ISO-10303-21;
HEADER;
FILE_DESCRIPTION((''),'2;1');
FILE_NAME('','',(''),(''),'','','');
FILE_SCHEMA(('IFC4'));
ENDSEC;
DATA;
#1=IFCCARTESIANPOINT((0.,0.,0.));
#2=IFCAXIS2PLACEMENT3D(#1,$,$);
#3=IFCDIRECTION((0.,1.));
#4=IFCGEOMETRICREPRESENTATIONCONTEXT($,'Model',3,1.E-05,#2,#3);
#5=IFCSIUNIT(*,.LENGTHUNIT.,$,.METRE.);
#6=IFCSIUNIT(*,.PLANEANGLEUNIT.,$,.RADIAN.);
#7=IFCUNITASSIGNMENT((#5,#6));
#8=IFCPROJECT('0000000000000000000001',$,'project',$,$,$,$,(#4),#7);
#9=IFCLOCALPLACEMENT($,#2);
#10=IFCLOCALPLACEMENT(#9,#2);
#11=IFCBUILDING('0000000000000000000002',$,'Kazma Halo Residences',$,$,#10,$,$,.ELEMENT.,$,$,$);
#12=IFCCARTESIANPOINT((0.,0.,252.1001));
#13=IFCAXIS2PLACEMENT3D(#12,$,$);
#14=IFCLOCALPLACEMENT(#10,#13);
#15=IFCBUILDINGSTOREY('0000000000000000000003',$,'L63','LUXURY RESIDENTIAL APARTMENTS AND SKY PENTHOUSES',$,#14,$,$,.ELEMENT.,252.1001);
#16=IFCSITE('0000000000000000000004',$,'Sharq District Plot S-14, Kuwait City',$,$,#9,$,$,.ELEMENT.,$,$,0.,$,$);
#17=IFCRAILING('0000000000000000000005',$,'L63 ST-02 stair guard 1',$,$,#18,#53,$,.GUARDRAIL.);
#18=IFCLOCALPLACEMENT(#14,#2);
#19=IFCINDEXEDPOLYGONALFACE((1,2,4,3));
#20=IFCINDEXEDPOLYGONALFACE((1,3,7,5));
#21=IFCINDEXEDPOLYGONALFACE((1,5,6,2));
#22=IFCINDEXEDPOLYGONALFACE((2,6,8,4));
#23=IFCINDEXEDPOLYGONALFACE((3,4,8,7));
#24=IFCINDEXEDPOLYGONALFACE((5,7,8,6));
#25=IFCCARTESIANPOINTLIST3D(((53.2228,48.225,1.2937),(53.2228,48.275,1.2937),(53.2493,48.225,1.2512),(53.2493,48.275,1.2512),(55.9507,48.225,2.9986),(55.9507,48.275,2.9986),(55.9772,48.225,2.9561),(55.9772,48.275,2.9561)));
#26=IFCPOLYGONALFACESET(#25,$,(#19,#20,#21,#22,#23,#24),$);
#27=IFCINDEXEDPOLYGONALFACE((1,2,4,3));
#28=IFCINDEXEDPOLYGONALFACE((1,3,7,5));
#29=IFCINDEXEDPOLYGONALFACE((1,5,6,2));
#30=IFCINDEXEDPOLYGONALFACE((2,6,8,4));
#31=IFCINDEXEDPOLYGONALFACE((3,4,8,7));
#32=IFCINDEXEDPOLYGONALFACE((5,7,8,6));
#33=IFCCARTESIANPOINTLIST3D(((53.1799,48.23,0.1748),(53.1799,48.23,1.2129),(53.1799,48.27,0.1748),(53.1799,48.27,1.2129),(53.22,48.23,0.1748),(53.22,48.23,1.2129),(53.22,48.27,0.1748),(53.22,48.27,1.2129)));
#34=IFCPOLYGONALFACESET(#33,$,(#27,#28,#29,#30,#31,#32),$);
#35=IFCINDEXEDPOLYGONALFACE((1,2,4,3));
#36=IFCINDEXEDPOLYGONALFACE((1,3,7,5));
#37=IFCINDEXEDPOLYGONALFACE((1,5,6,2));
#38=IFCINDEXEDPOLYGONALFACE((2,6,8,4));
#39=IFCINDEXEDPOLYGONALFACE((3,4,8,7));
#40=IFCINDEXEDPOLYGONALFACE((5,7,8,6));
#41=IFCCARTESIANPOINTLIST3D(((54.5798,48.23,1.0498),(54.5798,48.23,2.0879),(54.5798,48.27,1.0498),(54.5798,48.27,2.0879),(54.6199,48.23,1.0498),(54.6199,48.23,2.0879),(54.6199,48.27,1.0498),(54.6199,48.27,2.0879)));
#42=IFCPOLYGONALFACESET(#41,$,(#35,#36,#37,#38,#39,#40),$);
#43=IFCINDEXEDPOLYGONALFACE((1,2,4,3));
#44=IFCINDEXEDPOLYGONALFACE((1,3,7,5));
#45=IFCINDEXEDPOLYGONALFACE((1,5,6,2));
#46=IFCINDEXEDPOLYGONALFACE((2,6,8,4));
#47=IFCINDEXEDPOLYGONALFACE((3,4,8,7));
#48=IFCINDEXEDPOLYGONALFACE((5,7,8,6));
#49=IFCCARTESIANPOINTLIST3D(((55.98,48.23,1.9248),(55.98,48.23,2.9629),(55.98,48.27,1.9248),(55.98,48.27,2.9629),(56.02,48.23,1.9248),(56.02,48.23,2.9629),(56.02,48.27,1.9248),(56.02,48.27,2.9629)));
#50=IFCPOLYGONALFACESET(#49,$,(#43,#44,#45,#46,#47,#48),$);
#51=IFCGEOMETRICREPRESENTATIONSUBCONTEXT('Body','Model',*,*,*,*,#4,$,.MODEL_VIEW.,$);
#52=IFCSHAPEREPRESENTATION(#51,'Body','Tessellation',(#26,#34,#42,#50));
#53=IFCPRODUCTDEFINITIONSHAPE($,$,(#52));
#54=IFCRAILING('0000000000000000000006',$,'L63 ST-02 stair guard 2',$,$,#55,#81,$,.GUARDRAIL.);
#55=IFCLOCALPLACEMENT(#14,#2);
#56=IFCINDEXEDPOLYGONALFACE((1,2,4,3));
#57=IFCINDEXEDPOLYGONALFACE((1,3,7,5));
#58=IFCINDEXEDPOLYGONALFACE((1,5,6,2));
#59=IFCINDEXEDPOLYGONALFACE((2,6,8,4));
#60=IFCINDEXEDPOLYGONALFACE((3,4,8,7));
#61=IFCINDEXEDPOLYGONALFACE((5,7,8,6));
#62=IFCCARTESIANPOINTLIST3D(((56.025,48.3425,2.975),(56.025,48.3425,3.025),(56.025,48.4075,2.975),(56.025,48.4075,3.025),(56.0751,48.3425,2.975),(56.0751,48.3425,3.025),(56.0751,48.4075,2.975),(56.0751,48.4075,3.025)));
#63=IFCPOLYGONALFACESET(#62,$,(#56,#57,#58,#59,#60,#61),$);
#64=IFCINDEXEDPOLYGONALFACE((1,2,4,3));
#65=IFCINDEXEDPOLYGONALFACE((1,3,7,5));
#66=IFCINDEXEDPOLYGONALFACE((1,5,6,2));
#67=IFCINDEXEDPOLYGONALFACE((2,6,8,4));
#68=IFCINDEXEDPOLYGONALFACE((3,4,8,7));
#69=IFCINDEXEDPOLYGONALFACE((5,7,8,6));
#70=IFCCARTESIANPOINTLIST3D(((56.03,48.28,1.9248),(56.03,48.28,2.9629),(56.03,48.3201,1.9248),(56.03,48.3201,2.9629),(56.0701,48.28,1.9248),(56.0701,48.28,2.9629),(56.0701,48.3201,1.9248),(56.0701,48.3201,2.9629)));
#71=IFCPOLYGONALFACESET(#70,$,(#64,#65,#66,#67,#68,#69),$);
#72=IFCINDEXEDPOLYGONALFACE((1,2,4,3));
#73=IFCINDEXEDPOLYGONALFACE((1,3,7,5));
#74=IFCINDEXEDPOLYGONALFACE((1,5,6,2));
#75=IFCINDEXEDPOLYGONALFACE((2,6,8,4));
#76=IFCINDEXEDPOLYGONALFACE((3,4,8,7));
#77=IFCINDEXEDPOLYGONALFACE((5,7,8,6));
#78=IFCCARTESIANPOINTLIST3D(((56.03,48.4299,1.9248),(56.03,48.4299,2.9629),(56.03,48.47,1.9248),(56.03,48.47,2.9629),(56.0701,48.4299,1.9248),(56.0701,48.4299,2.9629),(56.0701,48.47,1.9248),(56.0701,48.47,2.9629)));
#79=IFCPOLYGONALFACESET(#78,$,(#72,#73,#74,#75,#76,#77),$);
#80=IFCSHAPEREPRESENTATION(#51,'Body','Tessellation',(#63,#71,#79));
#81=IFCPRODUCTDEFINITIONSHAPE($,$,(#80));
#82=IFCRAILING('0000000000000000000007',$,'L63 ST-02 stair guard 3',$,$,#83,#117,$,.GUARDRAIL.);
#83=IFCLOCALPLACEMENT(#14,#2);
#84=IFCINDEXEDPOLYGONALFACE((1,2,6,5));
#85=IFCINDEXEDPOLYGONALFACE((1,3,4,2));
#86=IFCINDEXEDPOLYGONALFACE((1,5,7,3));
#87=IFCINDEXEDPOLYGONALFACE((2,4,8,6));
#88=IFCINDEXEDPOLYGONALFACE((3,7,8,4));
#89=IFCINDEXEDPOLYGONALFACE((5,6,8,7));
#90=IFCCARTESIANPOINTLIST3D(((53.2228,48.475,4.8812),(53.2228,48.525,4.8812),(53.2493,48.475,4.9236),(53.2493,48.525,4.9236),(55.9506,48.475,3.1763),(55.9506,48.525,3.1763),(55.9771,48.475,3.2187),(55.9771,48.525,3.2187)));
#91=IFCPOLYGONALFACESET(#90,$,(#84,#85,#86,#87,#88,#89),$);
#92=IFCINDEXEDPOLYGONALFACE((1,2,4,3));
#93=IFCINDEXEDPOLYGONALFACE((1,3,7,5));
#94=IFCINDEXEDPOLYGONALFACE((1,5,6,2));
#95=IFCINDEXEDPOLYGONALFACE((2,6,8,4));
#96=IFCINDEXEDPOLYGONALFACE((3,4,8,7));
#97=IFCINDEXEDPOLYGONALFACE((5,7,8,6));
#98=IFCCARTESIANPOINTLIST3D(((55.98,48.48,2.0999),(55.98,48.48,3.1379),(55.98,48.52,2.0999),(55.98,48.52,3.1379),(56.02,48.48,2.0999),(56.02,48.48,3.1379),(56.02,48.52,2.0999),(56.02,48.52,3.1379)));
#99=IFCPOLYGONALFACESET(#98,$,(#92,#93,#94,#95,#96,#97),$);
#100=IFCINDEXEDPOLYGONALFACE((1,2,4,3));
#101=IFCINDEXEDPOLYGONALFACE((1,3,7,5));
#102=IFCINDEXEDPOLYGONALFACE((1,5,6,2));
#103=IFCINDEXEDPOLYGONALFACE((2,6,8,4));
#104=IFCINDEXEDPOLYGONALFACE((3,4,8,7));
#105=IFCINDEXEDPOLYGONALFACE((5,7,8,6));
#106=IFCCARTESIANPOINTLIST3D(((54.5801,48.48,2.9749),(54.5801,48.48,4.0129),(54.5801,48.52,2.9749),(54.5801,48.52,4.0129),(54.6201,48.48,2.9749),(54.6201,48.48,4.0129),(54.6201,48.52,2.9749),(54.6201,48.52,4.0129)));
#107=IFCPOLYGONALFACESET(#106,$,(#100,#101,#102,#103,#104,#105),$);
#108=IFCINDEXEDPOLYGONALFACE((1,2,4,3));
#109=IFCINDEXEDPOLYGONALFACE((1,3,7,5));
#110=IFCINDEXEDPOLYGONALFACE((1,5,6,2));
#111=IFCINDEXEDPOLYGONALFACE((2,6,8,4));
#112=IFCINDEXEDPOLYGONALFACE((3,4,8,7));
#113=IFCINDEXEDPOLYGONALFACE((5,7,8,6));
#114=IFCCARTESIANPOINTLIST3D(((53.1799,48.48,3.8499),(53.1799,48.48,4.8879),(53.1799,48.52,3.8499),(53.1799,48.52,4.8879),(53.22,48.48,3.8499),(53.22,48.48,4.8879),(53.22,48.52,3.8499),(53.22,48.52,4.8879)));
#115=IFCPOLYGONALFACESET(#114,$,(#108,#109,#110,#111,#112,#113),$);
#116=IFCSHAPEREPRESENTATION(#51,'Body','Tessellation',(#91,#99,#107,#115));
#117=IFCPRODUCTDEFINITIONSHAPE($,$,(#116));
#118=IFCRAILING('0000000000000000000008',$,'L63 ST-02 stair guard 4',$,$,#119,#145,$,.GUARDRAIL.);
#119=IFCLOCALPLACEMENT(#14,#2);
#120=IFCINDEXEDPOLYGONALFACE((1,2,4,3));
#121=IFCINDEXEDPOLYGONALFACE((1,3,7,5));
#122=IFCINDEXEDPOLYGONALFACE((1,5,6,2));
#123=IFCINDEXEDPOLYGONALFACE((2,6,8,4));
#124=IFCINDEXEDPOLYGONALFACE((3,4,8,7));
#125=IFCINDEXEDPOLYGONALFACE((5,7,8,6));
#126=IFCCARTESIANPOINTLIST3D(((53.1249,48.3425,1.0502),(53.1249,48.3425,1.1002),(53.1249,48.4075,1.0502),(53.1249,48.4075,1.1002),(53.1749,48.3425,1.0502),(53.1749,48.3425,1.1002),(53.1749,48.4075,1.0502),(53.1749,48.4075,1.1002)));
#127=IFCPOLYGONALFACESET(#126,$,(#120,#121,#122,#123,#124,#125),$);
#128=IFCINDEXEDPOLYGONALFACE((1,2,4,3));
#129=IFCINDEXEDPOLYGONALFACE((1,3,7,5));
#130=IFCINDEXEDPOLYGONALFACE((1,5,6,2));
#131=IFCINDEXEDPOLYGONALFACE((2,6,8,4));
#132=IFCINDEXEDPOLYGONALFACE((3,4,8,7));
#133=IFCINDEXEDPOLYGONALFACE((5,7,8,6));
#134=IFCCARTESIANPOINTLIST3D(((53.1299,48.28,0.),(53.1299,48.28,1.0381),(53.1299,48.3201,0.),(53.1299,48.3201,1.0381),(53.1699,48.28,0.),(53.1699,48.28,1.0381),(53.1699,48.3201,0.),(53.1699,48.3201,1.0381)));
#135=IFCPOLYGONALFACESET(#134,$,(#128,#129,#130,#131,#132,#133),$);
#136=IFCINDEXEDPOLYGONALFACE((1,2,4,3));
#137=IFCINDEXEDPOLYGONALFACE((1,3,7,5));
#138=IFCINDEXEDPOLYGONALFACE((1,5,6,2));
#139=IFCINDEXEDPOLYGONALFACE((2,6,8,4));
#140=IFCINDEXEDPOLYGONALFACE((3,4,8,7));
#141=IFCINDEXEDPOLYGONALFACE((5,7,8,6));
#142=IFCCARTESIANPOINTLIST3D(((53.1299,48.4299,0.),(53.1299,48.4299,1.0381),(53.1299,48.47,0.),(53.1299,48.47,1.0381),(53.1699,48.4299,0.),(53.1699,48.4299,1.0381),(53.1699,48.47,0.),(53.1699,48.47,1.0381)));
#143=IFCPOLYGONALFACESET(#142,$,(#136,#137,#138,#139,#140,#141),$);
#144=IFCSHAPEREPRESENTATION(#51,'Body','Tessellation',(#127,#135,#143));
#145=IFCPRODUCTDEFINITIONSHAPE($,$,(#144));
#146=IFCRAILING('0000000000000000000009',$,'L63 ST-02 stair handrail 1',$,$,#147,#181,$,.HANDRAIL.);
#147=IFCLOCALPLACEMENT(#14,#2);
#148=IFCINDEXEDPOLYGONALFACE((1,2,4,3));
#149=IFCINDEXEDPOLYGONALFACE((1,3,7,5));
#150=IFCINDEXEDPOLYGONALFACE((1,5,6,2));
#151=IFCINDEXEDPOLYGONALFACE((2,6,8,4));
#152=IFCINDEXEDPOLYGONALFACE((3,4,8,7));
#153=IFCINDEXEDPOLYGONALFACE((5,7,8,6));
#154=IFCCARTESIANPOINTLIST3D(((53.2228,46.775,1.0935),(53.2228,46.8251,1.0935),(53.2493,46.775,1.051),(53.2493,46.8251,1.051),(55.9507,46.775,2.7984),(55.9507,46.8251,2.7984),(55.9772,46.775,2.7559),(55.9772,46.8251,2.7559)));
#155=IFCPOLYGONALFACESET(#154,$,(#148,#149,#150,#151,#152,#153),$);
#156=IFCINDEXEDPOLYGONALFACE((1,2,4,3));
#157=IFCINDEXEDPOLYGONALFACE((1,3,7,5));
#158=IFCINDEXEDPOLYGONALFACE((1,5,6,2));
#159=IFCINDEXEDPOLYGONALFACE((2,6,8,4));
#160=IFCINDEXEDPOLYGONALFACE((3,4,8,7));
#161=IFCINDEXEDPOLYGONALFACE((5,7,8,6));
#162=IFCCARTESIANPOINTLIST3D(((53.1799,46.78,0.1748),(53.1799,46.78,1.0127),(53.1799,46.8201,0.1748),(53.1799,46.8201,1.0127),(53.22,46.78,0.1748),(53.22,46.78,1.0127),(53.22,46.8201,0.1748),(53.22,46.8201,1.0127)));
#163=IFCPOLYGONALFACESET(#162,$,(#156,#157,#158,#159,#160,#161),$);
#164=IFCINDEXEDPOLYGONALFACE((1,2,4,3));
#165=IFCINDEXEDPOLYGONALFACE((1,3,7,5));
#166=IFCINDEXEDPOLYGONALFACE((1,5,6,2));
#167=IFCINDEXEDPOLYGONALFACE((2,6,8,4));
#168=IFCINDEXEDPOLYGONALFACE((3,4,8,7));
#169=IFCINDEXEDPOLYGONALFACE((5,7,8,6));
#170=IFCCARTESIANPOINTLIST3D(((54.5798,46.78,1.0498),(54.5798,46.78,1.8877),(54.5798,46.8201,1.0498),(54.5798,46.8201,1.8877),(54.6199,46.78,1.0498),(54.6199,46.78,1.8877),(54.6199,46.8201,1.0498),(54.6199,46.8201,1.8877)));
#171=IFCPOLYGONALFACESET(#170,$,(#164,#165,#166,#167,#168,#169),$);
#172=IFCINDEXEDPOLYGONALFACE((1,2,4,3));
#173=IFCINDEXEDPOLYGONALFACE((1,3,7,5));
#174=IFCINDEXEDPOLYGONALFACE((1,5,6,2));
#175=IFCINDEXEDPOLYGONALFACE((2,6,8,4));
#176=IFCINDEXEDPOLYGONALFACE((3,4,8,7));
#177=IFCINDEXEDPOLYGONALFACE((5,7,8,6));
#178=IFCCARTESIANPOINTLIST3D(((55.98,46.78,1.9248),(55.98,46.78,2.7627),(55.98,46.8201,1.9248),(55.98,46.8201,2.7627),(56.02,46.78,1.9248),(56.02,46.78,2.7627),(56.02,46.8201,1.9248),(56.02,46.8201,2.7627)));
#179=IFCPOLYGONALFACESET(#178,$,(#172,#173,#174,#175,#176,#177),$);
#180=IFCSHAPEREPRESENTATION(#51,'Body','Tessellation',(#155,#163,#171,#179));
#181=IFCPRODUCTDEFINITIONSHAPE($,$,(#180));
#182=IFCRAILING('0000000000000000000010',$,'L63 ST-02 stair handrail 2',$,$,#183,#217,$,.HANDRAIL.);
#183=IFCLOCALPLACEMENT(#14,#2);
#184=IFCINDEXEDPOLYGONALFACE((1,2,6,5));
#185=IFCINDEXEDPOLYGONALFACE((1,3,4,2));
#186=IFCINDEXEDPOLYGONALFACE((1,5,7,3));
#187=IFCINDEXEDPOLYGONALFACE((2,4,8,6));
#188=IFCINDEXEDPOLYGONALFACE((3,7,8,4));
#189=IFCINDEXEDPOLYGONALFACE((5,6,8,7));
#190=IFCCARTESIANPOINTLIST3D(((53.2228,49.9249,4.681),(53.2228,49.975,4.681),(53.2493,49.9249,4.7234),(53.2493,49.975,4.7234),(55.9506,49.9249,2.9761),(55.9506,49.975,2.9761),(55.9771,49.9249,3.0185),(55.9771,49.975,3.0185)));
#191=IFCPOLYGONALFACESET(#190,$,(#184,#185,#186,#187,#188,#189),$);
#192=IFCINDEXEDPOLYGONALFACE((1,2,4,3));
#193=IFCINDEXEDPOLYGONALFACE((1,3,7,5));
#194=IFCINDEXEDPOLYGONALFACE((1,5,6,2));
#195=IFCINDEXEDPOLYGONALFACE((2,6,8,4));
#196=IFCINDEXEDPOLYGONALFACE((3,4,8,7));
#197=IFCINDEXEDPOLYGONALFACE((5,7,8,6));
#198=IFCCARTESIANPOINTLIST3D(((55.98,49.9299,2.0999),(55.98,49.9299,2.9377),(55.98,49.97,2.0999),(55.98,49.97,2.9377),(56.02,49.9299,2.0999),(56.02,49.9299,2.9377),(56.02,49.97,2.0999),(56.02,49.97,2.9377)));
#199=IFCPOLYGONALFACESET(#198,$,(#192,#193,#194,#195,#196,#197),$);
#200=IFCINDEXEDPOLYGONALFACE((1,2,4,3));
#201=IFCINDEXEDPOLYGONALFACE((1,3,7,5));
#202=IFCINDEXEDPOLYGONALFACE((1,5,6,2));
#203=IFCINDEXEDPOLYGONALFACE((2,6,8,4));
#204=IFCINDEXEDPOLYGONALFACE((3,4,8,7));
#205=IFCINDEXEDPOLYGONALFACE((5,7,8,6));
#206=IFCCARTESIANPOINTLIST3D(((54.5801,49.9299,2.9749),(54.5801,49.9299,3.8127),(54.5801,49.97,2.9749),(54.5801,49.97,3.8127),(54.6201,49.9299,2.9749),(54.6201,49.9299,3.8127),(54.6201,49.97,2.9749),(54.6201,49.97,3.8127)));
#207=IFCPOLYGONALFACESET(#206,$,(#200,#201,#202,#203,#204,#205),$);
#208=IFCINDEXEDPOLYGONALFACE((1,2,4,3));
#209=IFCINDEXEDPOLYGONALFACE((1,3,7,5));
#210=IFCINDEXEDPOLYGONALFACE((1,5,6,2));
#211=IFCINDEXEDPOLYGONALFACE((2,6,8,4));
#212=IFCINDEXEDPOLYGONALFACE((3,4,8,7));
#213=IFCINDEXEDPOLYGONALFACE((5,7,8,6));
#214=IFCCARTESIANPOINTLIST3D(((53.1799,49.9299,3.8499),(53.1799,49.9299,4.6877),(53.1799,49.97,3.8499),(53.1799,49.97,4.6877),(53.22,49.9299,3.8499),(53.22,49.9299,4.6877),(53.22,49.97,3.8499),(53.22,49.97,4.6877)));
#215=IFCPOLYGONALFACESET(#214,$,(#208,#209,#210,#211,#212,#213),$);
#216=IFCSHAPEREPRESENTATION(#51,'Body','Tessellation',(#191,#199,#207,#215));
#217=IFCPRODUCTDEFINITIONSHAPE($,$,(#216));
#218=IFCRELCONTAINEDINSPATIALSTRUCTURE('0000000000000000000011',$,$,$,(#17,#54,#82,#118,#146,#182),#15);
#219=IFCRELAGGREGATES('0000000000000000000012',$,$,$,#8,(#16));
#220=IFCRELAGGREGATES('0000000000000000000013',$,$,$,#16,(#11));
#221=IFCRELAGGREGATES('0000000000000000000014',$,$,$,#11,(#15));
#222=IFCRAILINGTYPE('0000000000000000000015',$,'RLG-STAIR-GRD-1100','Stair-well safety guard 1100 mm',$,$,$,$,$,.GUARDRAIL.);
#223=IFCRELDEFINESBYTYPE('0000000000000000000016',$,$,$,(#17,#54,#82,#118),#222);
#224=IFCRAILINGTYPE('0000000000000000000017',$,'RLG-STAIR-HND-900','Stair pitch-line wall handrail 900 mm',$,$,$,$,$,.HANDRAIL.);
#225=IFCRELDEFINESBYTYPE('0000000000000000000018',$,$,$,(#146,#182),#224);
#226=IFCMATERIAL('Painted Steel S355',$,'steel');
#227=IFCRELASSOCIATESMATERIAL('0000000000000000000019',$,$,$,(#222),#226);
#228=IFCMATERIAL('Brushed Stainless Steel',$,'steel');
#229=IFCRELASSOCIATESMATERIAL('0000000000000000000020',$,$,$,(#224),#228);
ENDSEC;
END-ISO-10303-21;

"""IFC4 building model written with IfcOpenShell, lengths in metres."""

from ifc_helpers import new_model, si_unit, direction, frame, origin, origin_2d, place, context, subcontext, project, spatial, rectangle, extrude, material, type_object, element, save


model = new_model("IFC4")

# Units and contexts
model_context = context("Model", 3, precision=1e-05, world=origin(), true_north=direction((0.0, 1.0)))
body_context = subcontext(model_context, "Body", "Model", "MODEL_VIEW")
ifc_project = project(units=[si_unit("LENGTHUNIT", "METRE"), si_unit("PLANEANGLEUNIT", "RADIAN")], contexts=[model_context])

# Site, building, storey
site_placement = place(None, origin())
site = spatial("IfcSite", under=ifc_project, at=site_placement, Name="Sharq District Plot S-14, Kuwait City", CompositionType="ELEMENT", RefElevation=0.0)
building_placement = place(site_placement, origin())
building = spatial("IfcBuilding", under=site, at=building_placement, Name="Kazma Halo Residences", CompositionType="ELEMENT")
storey_placement = place(building_placement, frame((0.0, 0.0, 252.1001)))
storey = spatial("IfcBuildingStorey", under=building, at=storey_placement, Name="L63", Description="LUXURY RESIDENTIAL APARTMENTS AND SKY PENTHOUSES", CompositionType="ELEMENT", Elevation=252.1001)

# Railings
ifc_material_1 = material(Name="Painted Steel S355", Category="steel")
railing_type_1 = type_object("IfcRailingType", Name="RLG-STAIR-GRD-1100", Description="Stair-well safety guard 1100 mm", PredefinedType="GUARDRAIL", material=ifc_material_1)
railing_1_placement = place(storey_placement, frame((53.2, 48.25, 0.1748)))
element("IfcRailing", 1, at=railing_1_placement, inside=storey, type_object=railing_type_1, Name="L63 ST-02 stair guard 1", PredefinedType="GUARDRAIL", context=body_context, shape_type="SweptSolid", body=[
    extrude(rectangle(XDim=0.05, YDim=0.05, at=origin_2d()), frame((0.0361, 0.0, 1.0977), z_axis=(0.848002, 0.0, 0.529992), x_axis=(0.0, 1.0, 0.0)), (0.0, 0.0, 1.0), 3.2168),
    extrude(rectangle(XDim=0.04, YDim=0.04, at=origin_2d()), origin(), (0.0, 0.0, 1.0), 1.0381),
    extrude(rectangle(XDim=0.04, YDim=0.04, at=origin_2d()), frame((1.3999, 0.0, 0.875)), (0.0, 0.0, 1.0), 1.0381),
    extrude(rectangle(XDim=0.04, YDim=0.04, at=origin_2d()), frame((2.8, 0.0, 1.75)), (0.0, 0.0, 1.0), 1.0381),
])
railing_2_placement = place(storey_placement, frame((56.05, 48.3, 1.9248)))
element("IfcRailing", 2, at=railing_2_placement, inside=storey, type_object=railing_type_1, Name="L63 ST-02 stair guard 2", PredefinedType="GUARDRAIL", context=body_context, shape_type="SweptSolid", body=[
    extrude(rectangle(XDim=0.05, YDim=0.05, at=origin_2d()), frame((0.0, 0.0425, 1.0752), z_axis=(0.0, 1.0, 0.0), x_axis=(-1.0, 0.0, 0.0)), (0.0, 0.0, 1.0), 0.0649),
    extrude(rectangle(XDim=0.04, YDim=0.04, at=origin_2d()), origin(), (0.0, 0.0, 1.0), 1.0381),
    extrude(rectangle(XDim=0.04, YDim=0.04, at=origin_2d()), frame((0.0, 0.1499, 0.0)), (0.0, 0.0, 1.0), 1.0381),
])
railing_3_placement = place(storey_placement, frame((56.0, 48.5, 2.0999)))
element("IfcRailing", 3, at=railing_3_placement, inside=storey, type_object=railing_type_1, Name="L63 ST-02 stair guard 3", PredefinedType="GUARDRAIL", context=body_context, shape_type="SweptSolid", body=[
    extrude(rectangle(XDim=0.05, YDim=0.05, at=origin_2d()), frame((-0.0361, 0.0, 1.0977), z_axis=(-0.848002, 0.0, 0.529992), x_axis=(0.0, -1.0, 0.0)), (0.0, 0.0, 1.0), 3.2168),
    extrude(rectangle(XDim=0.04, YDim=0.04, at=origin_2d()), origin(), (0.0, 0.0, 1.0), 1.0381),
    extrude(rectangle(XDim=0.04, YDim=0.04, at=origin_2d()), frame((-1.3999, 0.0, 0.875)), (0.0, 0.0, 1.0), 1.0381),
    extrude(rectangle(XDim=0.04, YDim=0.04, at=origin_2d()), frame((-2.8, 0.0, 1.75)), (0.0, 0.0, 1.0), 1.0381),
])
railing_4_placement = place(storey_placement, frame((53.1499, 48.3, 0.0)))
element("IfcRailing", 4, at=railing_4_placement, inside=storey, type_object=railing_type_1, Name="L63 ST-02 stair guard 4", PredefinedType="GUARDRAIL", context=body_context, shape_type="SweptSolid", body=[
    extrude(rectangle(XDim=0.05, YDim=0.05, at=origin_2d()), frame((0.0, 0.0425, 1.0752), z_axis=(0.0, 1.0, 0.0), x_axis=(-1.0, 0.0, 0.0)), (0.0, 0.0, 1.0), 0.0649),
    extrude(rectangle(XDim=0.04, YDim=0.04, at=origin_2d()), origin(), (0.0, 0.0, 1.0), 1.0381),
    extrude(rectangle(XDim=0.04, YDim=0.04, at=origin_2d()), frame((0.0, 0.1499, 0.0)), (0.0, 0.0, 1.0), 1.0381),
])
ifc_material_2 = material(Name="Brushed Stainless Steel", Category="steel")
railing_type_2 = type_object("IfcRailingType", Name="RLG-STAIR-HND-900", Description="Stair pitch-line wall handrail 900 mm", PredefinedType="HANDRAIL", material=ifc_material_2)
railing_5_placement = place(storey_placement, frame((53.2, 46.8, 0.1748)))
element("IfcRailing", 5, at=railing_5_placement, inside=storey, type_object=railing_type_2, Name="L63 ST-02 stair handrail 1", PredefinedType="HANDRAIL", context=body_context, shape_type="SweptSolid", body=[
    extrude(rectangle(XDim=0.05, YDim=0.05, at=origin_2d()), frame((0.0361, 0.0, 0.8975), z_axis=(0.848002, 0.0, 0.529992), x_axis=(0.0, 1.0, 0.0)), (0.0, 0.0, 1.0), 3.2168),
    extrude(rectangle(XDim=0.04, YDim=0.04, at=origin_2d()), origin(), (0.0, 0.0, 1.0), 0.8379),
    extrude(rectangle(XDim=0.04, YDim=0.04, at=origin_2d()), frame((1.3999, 0.0, 0.875)), (0.0, 0.0, 1.0), 0.8379),
    extrude(rectangle(XDim=0.04, YDim=0.04, at=origin_2d()), frame((2.8, 0.0, 1.75)), (0.0, 0.0, 1.0), 0.8379),
])
railing_6_placement = place(storey_placement, frame((56.0, 49.95, 2.0999)))
element("IfcRailing", 6, at=railing_6_placement, inside=storey, type_object=railing_type_2, Name="L63 ST-02 stair handrail 2", PredefinedType="HANDRAIL", context=body_context, shape_type="SweptSolid", body=[
    extrude(rectangle(XDim=0.05, YDim=0.05, at=origin_2d()), frame((-0.0361, 0.0, 0.8975), z_axis=(-0.848002, 0.0, 0.529992), x_axis=(0.0, -1.0, 0.0)), (0.0, 0.0, 1.0), 3.2168),
    extrude(rectangle(XDim=0.04, YDim=0.04, at=origin_2d()), origin(), (0.0, 0.0, 1.0), 0.8379),
    extrude(rectangle(XDim=0.04, YDim=0.04, at=origin_2d()), frame((-1.3999, 0.0, 0.875)), (0.0, 0.0, 1.0), 0.8379),
    extrude(rectangle(XDim=0.04, YDim=0.04, at=origin_2d()), frame((-2.8, 0.0, 1.75)), (0.0, 0.0, 1.0), 0.8379),
])

save(model, "model.ifc")
